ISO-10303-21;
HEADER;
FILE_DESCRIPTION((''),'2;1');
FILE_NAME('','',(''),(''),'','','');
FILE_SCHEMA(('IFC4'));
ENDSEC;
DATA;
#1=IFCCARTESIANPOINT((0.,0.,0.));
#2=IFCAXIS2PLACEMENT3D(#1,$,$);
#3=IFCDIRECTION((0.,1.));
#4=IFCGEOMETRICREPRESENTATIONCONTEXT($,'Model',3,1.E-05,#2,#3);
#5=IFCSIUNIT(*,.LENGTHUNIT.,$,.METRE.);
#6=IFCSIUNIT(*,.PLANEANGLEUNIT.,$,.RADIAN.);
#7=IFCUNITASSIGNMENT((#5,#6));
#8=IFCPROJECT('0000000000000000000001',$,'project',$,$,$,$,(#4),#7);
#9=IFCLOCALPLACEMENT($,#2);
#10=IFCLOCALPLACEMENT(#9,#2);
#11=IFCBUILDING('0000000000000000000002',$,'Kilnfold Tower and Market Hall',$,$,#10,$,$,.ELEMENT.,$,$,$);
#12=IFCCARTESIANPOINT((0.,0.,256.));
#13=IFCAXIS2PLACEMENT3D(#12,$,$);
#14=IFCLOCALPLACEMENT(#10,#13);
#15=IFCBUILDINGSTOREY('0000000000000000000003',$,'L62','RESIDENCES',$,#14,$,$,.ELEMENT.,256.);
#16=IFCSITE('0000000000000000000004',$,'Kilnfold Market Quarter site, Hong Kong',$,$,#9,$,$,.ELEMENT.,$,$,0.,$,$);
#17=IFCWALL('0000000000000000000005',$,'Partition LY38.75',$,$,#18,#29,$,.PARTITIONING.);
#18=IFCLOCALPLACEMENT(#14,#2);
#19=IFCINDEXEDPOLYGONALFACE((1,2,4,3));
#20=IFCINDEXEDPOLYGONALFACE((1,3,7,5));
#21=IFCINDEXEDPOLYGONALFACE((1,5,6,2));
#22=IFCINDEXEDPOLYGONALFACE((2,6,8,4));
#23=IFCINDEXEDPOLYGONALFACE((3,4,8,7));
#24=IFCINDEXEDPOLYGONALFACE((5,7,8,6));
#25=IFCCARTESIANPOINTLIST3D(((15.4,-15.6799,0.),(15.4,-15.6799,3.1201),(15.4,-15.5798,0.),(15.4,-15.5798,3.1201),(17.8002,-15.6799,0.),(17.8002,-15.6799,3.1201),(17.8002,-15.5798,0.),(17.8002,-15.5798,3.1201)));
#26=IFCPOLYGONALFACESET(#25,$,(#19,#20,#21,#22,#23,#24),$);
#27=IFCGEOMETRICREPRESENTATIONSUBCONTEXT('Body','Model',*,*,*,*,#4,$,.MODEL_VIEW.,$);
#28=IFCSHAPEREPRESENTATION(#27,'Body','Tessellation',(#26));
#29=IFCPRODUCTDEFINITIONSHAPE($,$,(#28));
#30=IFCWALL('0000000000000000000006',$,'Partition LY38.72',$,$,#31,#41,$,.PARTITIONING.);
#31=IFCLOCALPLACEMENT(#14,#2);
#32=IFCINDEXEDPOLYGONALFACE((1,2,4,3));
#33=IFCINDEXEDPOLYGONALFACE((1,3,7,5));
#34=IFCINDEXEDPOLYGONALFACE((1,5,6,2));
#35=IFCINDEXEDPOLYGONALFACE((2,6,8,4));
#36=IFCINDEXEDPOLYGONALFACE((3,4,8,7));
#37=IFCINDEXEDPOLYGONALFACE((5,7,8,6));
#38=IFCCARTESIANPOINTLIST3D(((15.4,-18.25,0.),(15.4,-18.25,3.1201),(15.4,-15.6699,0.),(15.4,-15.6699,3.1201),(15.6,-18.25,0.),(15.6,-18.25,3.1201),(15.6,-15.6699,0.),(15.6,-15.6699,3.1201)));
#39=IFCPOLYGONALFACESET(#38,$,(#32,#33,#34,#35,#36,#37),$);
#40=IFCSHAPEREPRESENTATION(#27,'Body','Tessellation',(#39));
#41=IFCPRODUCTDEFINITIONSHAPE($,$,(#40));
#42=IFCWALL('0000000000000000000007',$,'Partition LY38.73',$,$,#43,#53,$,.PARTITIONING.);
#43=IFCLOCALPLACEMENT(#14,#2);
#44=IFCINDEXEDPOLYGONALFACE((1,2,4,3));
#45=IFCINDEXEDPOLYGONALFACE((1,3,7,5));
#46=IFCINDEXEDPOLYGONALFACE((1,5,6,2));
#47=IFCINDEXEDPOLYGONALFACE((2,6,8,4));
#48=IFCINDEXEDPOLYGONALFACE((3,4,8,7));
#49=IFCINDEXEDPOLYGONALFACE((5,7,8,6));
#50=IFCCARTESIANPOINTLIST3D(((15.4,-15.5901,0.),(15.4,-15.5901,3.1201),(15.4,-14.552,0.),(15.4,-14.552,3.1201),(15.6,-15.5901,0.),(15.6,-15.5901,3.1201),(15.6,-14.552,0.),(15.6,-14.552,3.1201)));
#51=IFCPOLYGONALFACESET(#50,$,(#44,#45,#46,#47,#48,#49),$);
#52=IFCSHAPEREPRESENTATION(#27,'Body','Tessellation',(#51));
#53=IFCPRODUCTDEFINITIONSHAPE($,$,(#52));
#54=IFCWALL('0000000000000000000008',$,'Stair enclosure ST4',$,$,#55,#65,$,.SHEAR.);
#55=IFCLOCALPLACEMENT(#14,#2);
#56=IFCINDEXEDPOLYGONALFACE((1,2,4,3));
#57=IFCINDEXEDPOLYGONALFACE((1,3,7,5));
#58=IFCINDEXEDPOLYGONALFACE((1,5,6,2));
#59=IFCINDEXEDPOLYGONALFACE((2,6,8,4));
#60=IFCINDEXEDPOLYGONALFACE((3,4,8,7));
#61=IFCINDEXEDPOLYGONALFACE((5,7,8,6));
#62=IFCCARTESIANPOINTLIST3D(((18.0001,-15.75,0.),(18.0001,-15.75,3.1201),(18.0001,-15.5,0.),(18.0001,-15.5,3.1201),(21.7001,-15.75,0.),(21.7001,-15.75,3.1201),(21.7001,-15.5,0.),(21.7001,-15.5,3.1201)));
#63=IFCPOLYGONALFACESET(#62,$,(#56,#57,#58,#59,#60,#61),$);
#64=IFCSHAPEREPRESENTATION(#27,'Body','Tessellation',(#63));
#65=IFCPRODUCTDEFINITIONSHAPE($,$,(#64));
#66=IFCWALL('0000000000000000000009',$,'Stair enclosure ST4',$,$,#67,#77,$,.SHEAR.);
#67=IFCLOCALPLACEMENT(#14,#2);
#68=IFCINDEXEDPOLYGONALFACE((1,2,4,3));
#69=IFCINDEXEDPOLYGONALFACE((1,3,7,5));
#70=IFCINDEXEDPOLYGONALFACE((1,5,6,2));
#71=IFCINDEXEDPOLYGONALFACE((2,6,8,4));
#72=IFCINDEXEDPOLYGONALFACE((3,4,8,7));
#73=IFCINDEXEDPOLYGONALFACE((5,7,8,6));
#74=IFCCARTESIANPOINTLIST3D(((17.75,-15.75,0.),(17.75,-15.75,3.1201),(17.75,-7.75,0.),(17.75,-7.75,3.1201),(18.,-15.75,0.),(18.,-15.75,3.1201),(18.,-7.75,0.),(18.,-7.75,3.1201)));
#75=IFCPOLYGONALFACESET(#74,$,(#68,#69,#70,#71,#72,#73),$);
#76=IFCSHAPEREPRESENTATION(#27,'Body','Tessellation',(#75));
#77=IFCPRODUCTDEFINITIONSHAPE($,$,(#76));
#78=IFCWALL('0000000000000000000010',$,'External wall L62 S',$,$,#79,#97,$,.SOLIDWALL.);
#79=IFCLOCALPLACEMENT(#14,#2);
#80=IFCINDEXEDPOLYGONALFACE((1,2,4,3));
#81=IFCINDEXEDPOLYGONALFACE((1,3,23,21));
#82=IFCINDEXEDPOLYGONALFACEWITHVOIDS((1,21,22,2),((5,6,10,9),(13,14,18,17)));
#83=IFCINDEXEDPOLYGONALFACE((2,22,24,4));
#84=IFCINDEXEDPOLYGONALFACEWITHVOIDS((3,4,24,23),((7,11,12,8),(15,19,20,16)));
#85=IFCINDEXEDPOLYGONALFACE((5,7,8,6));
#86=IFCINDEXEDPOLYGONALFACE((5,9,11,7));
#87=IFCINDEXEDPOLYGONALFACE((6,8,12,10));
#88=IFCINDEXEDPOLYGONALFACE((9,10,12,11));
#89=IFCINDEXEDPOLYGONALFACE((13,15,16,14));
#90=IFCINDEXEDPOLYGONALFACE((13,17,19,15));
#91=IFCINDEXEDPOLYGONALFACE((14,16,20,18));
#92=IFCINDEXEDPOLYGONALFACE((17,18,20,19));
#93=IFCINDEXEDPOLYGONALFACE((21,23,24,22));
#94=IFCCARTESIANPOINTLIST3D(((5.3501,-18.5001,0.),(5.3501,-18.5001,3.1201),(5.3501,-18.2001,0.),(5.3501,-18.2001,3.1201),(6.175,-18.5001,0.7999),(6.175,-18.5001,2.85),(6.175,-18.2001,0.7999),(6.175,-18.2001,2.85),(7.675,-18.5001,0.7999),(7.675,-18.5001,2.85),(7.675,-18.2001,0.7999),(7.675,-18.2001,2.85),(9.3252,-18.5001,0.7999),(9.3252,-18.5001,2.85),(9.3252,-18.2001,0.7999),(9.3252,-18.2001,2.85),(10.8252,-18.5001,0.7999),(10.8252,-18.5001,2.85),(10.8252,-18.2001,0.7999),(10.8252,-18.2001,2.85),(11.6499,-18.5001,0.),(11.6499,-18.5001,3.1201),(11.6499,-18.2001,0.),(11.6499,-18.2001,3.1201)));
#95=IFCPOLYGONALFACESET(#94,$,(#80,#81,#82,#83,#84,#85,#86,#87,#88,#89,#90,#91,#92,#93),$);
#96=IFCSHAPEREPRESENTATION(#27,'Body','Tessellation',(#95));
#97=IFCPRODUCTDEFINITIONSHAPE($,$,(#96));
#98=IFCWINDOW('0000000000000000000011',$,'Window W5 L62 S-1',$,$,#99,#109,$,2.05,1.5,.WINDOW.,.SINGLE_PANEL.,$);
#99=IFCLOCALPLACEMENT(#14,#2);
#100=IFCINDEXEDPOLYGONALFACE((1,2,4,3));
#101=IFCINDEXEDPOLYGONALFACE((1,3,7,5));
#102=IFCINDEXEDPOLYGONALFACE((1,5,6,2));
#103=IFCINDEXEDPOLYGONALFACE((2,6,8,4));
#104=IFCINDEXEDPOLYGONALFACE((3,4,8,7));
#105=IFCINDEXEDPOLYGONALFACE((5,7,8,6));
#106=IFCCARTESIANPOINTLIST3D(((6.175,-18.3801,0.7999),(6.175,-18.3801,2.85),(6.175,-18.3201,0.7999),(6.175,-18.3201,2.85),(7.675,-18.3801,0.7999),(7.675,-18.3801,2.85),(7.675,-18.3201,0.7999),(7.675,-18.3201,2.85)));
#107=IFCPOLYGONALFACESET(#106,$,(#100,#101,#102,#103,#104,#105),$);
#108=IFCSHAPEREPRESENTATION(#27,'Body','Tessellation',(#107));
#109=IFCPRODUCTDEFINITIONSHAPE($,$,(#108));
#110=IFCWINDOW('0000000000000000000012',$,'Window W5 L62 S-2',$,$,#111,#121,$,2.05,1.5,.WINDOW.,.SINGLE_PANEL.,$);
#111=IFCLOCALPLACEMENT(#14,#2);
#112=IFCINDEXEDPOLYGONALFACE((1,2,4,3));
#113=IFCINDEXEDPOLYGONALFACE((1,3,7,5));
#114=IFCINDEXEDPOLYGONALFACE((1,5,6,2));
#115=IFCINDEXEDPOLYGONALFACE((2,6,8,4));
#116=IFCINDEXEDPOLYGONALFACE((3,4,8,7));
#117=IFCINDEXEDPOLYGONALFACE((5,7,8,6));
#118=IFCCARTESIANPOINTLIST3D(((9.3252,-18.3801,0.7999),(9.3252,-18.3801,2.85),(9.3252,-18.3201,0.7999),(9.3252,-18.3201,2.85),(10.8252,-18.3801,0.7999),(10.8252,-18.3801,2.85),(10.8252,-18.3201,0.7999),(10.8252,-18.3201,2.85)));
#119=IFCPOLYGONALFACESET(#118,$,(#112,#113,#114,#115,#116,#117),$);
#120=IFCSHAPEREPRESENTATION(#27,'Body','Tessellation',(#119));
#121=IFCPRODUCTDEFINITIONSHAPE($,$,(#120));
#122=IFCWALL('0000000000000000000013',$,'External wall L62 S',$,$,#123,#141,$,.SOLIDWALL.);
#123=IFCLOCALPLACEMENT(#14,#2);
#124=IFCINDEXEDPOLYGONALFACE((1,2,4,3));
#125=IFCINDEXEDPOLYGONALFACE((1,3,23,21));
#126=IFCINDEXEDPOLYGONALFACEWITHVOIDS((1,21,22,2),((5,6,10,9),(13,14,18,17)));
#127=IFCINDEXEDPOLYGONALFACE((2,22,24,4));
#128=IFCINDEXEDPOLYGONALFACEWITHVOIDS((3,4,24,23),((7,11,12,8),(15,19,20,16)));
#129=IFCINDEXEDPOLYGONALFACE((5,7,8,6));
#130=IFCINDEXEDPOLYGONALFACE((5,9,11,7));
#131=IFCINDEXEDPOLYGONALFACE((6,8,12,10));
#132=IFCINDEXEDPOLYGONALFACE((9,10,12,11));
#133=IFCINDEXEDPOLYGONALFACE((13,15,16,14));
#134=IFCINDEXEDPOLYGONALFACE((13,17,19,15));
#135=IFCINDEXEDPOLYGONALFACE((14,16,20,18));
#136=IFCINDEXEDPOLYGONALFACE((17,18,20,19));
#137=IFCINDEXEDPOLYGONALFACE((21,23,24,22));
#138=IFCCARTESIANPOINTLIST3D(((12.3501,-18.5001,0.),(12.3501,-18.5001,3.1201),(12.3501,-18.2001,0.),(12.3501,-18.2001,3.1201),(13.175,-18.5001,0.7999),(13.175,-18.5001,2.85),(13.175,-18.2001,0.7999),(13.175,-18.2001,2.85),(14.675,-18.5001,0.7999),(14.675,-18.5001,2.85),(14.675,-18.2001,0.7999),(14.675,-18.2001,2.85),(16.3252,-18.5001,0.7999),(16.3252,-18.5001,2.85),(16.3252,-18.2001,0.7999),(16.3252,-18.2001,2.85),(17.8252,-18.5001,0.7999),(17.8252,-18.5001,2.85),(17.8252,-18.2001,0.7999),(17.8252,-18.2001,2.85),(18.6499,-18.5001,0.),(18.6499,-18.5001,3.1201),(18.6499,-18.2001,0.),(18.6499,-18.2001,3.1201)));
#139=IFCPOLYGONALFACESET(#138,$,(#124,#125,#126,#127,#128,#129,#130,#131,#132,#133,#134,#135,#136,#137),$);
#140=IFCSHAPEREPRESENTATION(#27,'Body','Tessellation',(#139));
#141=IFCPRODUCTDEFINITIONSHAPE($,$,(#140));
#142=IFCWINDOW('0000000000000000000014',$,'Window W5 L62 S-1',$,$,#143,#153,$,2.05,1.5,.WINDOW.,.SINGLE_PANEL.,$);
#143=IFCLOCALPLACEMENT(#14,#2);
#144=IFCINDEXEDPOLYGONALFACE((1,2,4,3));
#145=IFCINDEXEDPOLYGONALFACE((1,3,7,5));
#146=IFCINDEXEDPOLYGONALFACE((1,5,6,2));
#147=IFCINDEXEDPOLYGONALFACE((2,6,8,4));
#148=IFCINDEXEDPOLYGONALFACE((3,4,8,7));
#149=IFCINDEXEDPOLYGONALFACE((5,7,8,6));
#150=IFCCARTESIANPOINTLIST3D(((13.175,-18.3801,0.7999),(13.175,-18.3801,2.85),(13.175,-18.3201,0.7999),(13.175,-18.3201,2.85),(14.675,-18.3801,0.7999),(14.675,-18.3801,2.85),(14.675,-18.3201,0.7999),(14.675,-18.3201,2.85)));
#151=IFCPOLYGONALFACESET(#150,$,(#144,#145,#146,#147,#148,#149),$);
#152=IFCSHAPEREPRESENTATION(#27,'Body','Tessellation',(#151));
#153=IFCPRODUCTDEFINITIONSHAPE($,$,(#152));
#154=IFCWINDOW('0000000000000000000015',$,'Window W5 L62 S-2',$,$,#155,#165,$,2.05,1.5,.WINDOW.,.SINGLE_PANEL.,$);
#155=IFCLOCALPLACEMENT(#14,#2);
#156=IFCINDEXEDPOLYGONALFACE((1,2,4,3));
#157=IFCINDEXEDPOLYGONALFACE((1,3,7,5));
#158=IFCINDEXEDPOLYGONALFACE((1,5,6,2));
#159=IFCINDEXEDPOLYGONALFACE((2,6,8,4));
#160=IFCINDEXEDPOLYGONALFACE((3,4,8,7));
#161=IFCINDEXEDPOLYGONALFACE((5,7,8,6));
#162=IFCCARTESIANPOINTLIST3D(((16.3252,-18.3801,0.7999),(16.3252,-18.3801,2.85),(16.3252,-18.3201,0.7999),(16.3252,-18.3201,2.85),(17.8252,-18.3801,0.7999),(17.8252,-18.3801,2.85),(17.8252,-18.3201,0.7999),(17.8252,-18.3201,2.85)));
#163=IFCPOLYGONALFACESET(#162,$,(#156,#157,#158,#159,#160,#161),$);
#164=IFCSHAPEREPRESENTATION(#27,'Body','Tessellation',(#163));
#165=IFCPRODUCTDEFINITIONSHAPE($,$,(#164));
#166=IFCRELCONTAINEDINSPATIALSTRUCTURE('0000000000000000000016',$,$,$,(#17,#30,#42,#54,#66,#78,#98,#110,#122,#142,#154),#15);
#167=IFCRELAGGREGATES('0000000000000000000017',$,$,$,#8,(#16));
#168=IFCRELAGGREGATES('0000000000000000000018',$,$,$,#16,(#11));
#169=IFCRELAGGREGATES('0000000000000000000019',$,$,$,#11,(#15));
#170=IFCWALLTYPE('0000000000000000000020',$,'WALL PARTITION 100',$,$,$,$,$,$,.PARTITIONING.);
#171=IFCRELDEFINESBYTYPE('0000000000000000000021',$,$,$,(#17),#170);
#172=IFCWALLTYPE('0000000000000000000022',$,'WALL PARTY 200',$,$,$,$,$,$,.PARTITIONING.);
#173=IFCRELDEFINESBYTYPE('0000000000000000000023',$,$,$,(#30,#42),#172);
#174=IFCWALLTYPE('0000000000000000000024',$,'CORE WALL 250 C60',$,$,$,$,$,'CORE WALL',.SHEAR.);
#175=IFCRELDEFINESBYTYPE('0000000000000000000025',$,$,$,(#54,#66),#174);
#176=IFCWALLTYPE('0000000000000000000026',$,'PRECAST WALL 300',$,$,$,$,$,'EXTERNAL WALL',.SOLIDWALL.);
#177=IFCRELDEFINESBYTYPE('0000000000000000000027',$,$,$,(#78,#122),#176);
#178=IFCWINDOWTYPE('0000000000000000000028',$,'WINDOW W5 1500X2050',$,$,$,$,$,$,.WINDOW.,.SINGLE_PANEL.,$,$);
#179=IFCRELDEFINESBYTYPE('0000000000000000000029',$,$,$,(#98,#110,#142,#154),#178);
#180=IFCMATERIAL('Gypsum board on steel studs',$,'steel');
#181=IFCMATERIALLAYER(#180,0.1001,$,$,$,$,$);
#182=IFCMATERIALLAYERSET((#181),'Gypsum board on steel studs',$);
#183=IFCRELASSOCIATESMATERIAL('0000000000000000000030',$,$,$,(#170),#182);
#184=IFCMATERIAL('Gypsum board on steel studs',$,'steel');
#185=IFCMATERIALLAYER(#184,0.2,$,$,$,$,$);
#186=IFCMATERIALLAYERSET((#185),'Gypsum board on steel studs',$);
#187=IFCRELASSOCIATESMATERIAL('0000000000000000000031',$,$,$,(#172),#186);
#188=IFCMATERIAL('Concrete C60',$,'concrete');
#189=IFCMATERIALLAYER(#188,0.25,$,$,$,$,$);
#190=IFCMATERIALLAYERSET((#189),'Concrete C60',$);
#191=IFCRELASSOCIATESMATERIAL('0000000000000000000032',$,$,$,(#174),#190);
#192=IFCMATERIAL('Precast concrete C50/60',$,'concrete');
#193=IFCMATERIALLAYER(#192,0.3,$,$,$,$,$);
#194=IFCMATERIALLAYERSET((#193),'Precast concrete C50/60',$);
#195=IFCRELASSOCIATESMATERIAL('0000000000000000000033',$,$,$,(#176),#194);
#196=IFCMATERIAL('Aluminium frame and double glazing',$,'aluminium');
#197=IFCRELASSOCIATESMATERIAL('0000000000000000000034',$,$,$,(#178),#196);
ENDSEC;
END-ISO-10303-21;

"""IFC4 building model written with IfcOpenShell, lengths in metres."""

from ifc_helpers import new_model, si_unit, direction, frame, frame_2d, origin, place, context, subcontext, project, spatial, rectangle, extrude, source, transform, mapped, material, layer, layer_set, type_object, element, fill, save


model = new_model("IFC4")

# Units and contexts
model_context = context("Model", 3, precision=1e-05, world=origin(), true_north=direction((0.0, 1.0)))
body_context = subcontext(model_context, "Body", "Model", "MODEL_VIEW")
ifc_project = project(units=[si_unit("LENGTHUNIT", "METRE"), si_unit("PLANEANGLEUNIT", "RADIAN")], contexts=[model_context])

# Site, building, storey
site_placement = place(None, origin())
site = spatial("IfcSite", under=ifc_project, at=site_placement, Name="Kilnfold Market Quarter site, Hong Kong", CompositionType="ELEMENT", RefElevation=0.0)
building_placement = place(site_placement, origin())
building = spatial("IfcBuilding", under=site, at=building_placement, Name="Kilnfold Tower and Market Hall", CompositionType="ELEMENT")
storey_placement = place(building_placement, frame((0.0, 0.0, 256.0)))
storey = spatial("IfcBuildingStorey", under=building, at=storey_placement, Name="L62", Description="RESIDENCES", CompositionType="ELEMENT", Elevation=256.0)

# Shared definitions
ifc_material_1 = material(Name="Gypsum board on steel studs", Category="steel")
ifc_layer_1 = layer(ifc_material_1, 0.1001)
ifc_layer_set_1 = layer_set([ifc_layer_1], Name="Gypsum board on steel studs")
wall_type_1 = type_object("IfcWallType", Name="WALL PARTITION 100", PredefinedType="PARTITIONING", material=ifc_layer_set_1)

# Walls
wall_1_placement = place(storey_placement, frame((15.3999, -15.6299, 0.0), z_axis=(0.0, 0.0, 1.0), x_axis=(1.0, 0.0, 0.0)))
element("IfcWall", 1, at=wall_1_placement, inside=storey, type_object=wall_type_1, Name="Partition LY38.75", PredefinedType="PARTITIONING", context=body_context, shape_type="SweptSolid", body=[
    extrude(rectangle(XDim=2.4001, YDim=0.1001, at=frame_2d((1.2002, 0.0))), origin(), (0.0, 0.0, 1.0), 3.1201),
])
ifc_material_2 = material(Name="Gypsum board on steel studs", Category="steel")
ifc_layer_2 = layer(ifc_material_2, 0.2)
ifc_layer_set_2 = layer_set([ifc_layer_2], Name="Gypsum board on steel studs")
wall_type_2 = type_object("IfcWallType", Name="WALL PARTY 200", PredefinedType="PARTITIONING", material=ifc_layer_set_2)
wall_2_placement = place(storey_placement, frame((15.5, -18.25, 0.0), z_axis=(0.0, 0.0, 1.0), x_axis=(0.0, 1.0, 0.0)))
element("IfcWall", 2, at=wall_2_placement, inside=storey, type_object=wall_type_2, Name="Partition LY38.72", PredefinedType="PARTITIONING", context=body_context, shape_type="SweptSolid", body=[
    extrude(rectangle(XDim=2.5801, YDim=0.2, at=frame_2d((1.29, 0.0))), origin(), (0.0, 0.0, 1.0), 3.1201),
])
wall_3_placement = place(storey_placement, frame((15.5, -15.5901, 0.0), z_axis=(0.0, 0.0, 1.0), x_axis=(0.0, 1.0, 0.0)))
element("IfcWall", 3, at=wall_3_placement, inside=storey, type_object=wall_type_2, Name="Partition LY38.73", PredefinedType="PARTITIONING", context=body_context, shape_type="SweptSolid", body=[
    extrude(rectangle(XDim=1.0381, YDim=0.2, at=frame_2d((0.519, 0.0))), origin(), (0.0, 0.0, 1.0), 3.1201),
])
ifc_material_3 = material(Name="Concrete C60", Category="concrete")
ifc_layer_3 = layer(ifc_material_3, 0.25)
ifc_layer_set_3 = layer_set([ifc_layer_3], Name="Concrete C60")
wall_type_3 = type_object("IfcWallType", Name="CORE WALL 250 C60", ElementType="CORE WALL", PredefinedType="SHEAR", material=ifc_layer_set_3)
shared_shape_1 = source(origin(), body_context, "Body", "SweptSolid", [
    extrude(rectangle(XDim=3.7, YDim=0.25, at=frame_2d((1.8501, 0.0))), origin(), (0.0, 0.0, 1.0), 3.1201),
])
wall_4_placement = place(storey_placement, frame((18.0, -15.625, 0.0), z_axis=(0.0, 0.0, 1.0), x_axis=(1.0, 0.0, 0.0)))
element("IfcWall", 4, at=wall_4_placement, inside=storey, type_object=wall_type_3, Name="Stair enclosure ST4", PredefinedType="SHEAR", context=body_context, shape_type="MappedRepresentation", body=[
    mapped(shared_shape_1, transform((0.0, 0.0, 0.0))),
])
shared_shape_2 = source(origin(), body_context, "Body", "SweptSolid", [
    extrude(rectangle(XDim=8.0, YDim=0.25, at=frame_2d((4.0, 0.0))), origin(), (0.0, 0.0, 1.0), 3.1201),
])
wall_5_placement = place(storey_placement, frame((17.875, -15.75, 0.0), z_axis=(0.0, 0.0, 1.0), x_axis=(0.0, 1.0, 0.0)))
element("IfcWall", 5, at=wall_5_placement, inside=storey, type_object=wall_type_3, Name="Stair enclosure ST4", PredefinedType="SHEAR", context=body_context, shape_type="MappedRepresentation", body=[
    mapped(shared_shape_2, transform((0.0, 0.0, 0.0))),
])

# Walls, openings, windows
ifc_material_4 = material(Name="Precast concrete C50/60", Category="concrete")
ifc_layer_4 = layer(ifc_material_4, 0.3)
ifc_layer_set_4 = layer_set([ifc_layer_4], Name="Precast concrete C50/60")
wall_type_4 = type_object("IfcWallType", Name="PRECAST WALL 300", ElementType="EXTERNAL WALL", PredefinedType="SOLIDWALL", material=ifc_layer_set_4)
shared_shape_3 = source(origin(), body_context, "Body", "SweptSolid", [
    extrude(rectangle(XDim=6.2998, YDim=0.3, at=frame_2d((3.1499, 0.0))), origin(), (0.0, 0.0, 1.0), 3.1201),
])
wall_6_placement = place(storey_placement, frame((5.3501, -18.3501, 0.0), z_axis=(0.0, 0.0, 1.0), x_axis=(1.0, 0.0, 0.0)))
wall_6 = element("IfcWall", 6, at=wall_6_placement, inside=storey, type_object=wall_type_4, Name="External wall L62 S", PredefinedType="SOLIDWALL", context=body_context, shape_type="MappedRepresentation", body=[
    mapped(shared_shape_3, transform((0.0, 0.0, 0.0))),
])
opening_1_placement = place(wall_6_placement, frame((0.825, 0.0, 0.8)))
opening_1 = element("IfcOpeningElement", 7, at=opening_1_placement, cuts=wall_6, PredefinedType="OPENING", context=body_context, shape_type="SweptSolid", body=[
    extrude(rectangle(XDim=1.5, YDim=2.05, at=frame_2d((0.75, 1.0249))), frame((0.0, 0.1602, 0.0), z_axis=(0.0, -1.0, 0.0), x_axis=(1.0, 0.0, 0.0)), (0.0, 0.0, 1.0), 0.3201),
])
opening_2_placement = place(wall_6_placement, frame((3.9751, 0.0, 0.8)))
opening_2 = element("IfcOpeningElement", 8, at=opening_2_placement, cuts=wall_6, PredefinedType="OPENING", context=body_context, shape_type="SweptSolid", body=[
    extrude(rectangle(XDim=1.5, YDim=2.05, at=frame_2d((0.75, 1.0249))), frame((0.0, 0.1602, 0.0), z_axis=(0.0, -1.0, 0.0), x_axis=(1.0, 0.0, 0.0)), (0.0, 0.0, 1.0), 0.3201),
])
ifc_material_5 = material(Name="Aluminium frame and double glazing", Category="aluminium")
window_type = type_object("IfcWindowType", Name="WINDOW W5 1500X2050", PartitioningType="SINGLE_PANEL", PredefinedType="WINDOW", material=ifc_material_5)
window_1_placement = place(opening_1_placement, origin())
window_1 = element("IfcWindow", 9, at=window_1_placement, inside=storey, type_object=window_type, Name="Window W5 L62 S-1", OverallHeight=2.05, OverallWidth=1.5, PartitioningType="SINGLE_PANEL", PredefinedType="WINDOW", context=body_context, shape_type="SweptSolid", body=[
    extrude(rectangle(XDim=1.5, YDim=2.05, at=frame_2d((0.75, 1.0249))), frame((0.0, 0.03, 0.0), z_axis=(0.0, -1.0, 0.0), x_axis=(1.0, 0.0, 0.0)), (0.0, 0.0, 1.0), 0.0601),
])
fill(opening_1, window_1)
window_2_placement = place(opening_2_placement, origin())
window_2 = element("IfcWindow", 10, at=window_2_placement, inside=storey, type_object=window_type, Name="Window W5 L62 S-2", OverallHeight=2.05, OverallWidth=1.5, PartitioningType="SINGLE_PANEL", PredefinedType="WINDOW", context=body_context, shape_type="SweptSolid", body=[
    extrude(rectangle(XDim=1.5, YDim=2.05, at=frame_2d((0.75, 1.0249))), frame((0.0, 0.03, 0.0), z_axis=(0.0, -1.0, 0.0), x_axis=(1.0, 0.0, 0.0)), (0.0, 0.0, 1.0), 0.0601),
])
fill(opening_2, window_2)
wall_7_placement = place(storey_placement, frame((12.3501, -18.3501, 0.0), z_axis=(0.0, 0.0, 1.0), x_axis=(1.0, 0.0, 0.0)))
wall_7 = element("IfcWall", 11, at=wall_7_placement, inside=storey, type_object=wall_type_4, Name="External wall L62 S", PredefinedType="SOLIDWALL", context=body_context, shape_type="MappedRepresentation", body=[
    mapped(shared_shape_3, transform((0.0, 0.0, 0.0))),
])
opening_3_placement = place(wall_7_placement, frame((0.825, 0.0, 0.8)))
opening_3 = element("IfcOpeningElement", 12, at=opening_3_placement, cuts=wall_7, PredefinedType="OPENING", context=body_context, shape_type="SweptSolid", body=[
    extrude(rectangle(XDim=1.5, YDim=2.05, at=frame_2d((0.75, 1.0249))), frame((0.0, 0.1602, 0.0), z_axis=(0.0, -1.0, 0.0), x_axis=(1.0, 0.0, 0.0)), (0.0, 0.0, 1.0), 0.3201),
])
opening_4_placement = place(wall_7_placement, frame((3.9751, 0.0, 0.8)))
opening_4 = element("IfcOpeningElement", 13, at=opening_4_placement, cuts=wall_7, PredefinedType="OPENING", context=body_context, shape_type="SweptSolid", body=[
    extrude(rectangle(XDim=1.5, YDim=2.05, at=frame_2d((0.75, 1.0249))), frame((0.0, 0.1602, 0.0), z_axis=(0.0, -1.0, 0.0), x_axis=(1.0, 0.0, 0.0)), (0.0, 0.0, 1.0), 0.3201),
])
window_3_placement = place(opening_3_placement, origin())
window_3 = element("IfcWindow", 14, at=window_3_placement, inside=storey, type_object=window_type, Name="Window W5 L62 S-1", OverallHeight=2.05, OverallWidth=1.5, PartitioningType="SINGLE_PANEL", PredefinedType="WINDOW", context=body_context, shape_type="SweptSolid", body=[
    extrude(rectangle(XDim=1.5, YDim=2.05, at=frame_2d((0.75, 1.0249))), frame((0.0, 0.03, 0.0), z_axis=(0.0, -1.0, 0.0), x_axis=(1.0, 0.0, 0.0)), (0.0, 0.0, 1.0), 0.0601),
])
fill(opening_3, window_3)
window_4_placement = place(opening_4_placement, origin())
window_4 = element("IfcWindow", 15, at=window_4_placement, inside=storey, type_object=window_type, Name="Window W5 L62 S-2", OverallHeight=2.05, OverallWidth=1.5, PartitioningType="SINGLE_PANEL", PredefinedType="WINDOW", context=body_context, shape_type="SweptSolid", body=[
    extrude(rectangle(XDim=1.5, YDim=2.05, at=frame_2d((0.75, 1.0249))), frame((0.0, 0.03, 0.0), z_axis=(0.0, -1.0, 0.0), x_axis=(1.0, 0.0, 0.0)), (0.0, 0.0, 1.0), 0.0601),
])
fill(opening_4, window_4)

save(model, "model.ifc")
